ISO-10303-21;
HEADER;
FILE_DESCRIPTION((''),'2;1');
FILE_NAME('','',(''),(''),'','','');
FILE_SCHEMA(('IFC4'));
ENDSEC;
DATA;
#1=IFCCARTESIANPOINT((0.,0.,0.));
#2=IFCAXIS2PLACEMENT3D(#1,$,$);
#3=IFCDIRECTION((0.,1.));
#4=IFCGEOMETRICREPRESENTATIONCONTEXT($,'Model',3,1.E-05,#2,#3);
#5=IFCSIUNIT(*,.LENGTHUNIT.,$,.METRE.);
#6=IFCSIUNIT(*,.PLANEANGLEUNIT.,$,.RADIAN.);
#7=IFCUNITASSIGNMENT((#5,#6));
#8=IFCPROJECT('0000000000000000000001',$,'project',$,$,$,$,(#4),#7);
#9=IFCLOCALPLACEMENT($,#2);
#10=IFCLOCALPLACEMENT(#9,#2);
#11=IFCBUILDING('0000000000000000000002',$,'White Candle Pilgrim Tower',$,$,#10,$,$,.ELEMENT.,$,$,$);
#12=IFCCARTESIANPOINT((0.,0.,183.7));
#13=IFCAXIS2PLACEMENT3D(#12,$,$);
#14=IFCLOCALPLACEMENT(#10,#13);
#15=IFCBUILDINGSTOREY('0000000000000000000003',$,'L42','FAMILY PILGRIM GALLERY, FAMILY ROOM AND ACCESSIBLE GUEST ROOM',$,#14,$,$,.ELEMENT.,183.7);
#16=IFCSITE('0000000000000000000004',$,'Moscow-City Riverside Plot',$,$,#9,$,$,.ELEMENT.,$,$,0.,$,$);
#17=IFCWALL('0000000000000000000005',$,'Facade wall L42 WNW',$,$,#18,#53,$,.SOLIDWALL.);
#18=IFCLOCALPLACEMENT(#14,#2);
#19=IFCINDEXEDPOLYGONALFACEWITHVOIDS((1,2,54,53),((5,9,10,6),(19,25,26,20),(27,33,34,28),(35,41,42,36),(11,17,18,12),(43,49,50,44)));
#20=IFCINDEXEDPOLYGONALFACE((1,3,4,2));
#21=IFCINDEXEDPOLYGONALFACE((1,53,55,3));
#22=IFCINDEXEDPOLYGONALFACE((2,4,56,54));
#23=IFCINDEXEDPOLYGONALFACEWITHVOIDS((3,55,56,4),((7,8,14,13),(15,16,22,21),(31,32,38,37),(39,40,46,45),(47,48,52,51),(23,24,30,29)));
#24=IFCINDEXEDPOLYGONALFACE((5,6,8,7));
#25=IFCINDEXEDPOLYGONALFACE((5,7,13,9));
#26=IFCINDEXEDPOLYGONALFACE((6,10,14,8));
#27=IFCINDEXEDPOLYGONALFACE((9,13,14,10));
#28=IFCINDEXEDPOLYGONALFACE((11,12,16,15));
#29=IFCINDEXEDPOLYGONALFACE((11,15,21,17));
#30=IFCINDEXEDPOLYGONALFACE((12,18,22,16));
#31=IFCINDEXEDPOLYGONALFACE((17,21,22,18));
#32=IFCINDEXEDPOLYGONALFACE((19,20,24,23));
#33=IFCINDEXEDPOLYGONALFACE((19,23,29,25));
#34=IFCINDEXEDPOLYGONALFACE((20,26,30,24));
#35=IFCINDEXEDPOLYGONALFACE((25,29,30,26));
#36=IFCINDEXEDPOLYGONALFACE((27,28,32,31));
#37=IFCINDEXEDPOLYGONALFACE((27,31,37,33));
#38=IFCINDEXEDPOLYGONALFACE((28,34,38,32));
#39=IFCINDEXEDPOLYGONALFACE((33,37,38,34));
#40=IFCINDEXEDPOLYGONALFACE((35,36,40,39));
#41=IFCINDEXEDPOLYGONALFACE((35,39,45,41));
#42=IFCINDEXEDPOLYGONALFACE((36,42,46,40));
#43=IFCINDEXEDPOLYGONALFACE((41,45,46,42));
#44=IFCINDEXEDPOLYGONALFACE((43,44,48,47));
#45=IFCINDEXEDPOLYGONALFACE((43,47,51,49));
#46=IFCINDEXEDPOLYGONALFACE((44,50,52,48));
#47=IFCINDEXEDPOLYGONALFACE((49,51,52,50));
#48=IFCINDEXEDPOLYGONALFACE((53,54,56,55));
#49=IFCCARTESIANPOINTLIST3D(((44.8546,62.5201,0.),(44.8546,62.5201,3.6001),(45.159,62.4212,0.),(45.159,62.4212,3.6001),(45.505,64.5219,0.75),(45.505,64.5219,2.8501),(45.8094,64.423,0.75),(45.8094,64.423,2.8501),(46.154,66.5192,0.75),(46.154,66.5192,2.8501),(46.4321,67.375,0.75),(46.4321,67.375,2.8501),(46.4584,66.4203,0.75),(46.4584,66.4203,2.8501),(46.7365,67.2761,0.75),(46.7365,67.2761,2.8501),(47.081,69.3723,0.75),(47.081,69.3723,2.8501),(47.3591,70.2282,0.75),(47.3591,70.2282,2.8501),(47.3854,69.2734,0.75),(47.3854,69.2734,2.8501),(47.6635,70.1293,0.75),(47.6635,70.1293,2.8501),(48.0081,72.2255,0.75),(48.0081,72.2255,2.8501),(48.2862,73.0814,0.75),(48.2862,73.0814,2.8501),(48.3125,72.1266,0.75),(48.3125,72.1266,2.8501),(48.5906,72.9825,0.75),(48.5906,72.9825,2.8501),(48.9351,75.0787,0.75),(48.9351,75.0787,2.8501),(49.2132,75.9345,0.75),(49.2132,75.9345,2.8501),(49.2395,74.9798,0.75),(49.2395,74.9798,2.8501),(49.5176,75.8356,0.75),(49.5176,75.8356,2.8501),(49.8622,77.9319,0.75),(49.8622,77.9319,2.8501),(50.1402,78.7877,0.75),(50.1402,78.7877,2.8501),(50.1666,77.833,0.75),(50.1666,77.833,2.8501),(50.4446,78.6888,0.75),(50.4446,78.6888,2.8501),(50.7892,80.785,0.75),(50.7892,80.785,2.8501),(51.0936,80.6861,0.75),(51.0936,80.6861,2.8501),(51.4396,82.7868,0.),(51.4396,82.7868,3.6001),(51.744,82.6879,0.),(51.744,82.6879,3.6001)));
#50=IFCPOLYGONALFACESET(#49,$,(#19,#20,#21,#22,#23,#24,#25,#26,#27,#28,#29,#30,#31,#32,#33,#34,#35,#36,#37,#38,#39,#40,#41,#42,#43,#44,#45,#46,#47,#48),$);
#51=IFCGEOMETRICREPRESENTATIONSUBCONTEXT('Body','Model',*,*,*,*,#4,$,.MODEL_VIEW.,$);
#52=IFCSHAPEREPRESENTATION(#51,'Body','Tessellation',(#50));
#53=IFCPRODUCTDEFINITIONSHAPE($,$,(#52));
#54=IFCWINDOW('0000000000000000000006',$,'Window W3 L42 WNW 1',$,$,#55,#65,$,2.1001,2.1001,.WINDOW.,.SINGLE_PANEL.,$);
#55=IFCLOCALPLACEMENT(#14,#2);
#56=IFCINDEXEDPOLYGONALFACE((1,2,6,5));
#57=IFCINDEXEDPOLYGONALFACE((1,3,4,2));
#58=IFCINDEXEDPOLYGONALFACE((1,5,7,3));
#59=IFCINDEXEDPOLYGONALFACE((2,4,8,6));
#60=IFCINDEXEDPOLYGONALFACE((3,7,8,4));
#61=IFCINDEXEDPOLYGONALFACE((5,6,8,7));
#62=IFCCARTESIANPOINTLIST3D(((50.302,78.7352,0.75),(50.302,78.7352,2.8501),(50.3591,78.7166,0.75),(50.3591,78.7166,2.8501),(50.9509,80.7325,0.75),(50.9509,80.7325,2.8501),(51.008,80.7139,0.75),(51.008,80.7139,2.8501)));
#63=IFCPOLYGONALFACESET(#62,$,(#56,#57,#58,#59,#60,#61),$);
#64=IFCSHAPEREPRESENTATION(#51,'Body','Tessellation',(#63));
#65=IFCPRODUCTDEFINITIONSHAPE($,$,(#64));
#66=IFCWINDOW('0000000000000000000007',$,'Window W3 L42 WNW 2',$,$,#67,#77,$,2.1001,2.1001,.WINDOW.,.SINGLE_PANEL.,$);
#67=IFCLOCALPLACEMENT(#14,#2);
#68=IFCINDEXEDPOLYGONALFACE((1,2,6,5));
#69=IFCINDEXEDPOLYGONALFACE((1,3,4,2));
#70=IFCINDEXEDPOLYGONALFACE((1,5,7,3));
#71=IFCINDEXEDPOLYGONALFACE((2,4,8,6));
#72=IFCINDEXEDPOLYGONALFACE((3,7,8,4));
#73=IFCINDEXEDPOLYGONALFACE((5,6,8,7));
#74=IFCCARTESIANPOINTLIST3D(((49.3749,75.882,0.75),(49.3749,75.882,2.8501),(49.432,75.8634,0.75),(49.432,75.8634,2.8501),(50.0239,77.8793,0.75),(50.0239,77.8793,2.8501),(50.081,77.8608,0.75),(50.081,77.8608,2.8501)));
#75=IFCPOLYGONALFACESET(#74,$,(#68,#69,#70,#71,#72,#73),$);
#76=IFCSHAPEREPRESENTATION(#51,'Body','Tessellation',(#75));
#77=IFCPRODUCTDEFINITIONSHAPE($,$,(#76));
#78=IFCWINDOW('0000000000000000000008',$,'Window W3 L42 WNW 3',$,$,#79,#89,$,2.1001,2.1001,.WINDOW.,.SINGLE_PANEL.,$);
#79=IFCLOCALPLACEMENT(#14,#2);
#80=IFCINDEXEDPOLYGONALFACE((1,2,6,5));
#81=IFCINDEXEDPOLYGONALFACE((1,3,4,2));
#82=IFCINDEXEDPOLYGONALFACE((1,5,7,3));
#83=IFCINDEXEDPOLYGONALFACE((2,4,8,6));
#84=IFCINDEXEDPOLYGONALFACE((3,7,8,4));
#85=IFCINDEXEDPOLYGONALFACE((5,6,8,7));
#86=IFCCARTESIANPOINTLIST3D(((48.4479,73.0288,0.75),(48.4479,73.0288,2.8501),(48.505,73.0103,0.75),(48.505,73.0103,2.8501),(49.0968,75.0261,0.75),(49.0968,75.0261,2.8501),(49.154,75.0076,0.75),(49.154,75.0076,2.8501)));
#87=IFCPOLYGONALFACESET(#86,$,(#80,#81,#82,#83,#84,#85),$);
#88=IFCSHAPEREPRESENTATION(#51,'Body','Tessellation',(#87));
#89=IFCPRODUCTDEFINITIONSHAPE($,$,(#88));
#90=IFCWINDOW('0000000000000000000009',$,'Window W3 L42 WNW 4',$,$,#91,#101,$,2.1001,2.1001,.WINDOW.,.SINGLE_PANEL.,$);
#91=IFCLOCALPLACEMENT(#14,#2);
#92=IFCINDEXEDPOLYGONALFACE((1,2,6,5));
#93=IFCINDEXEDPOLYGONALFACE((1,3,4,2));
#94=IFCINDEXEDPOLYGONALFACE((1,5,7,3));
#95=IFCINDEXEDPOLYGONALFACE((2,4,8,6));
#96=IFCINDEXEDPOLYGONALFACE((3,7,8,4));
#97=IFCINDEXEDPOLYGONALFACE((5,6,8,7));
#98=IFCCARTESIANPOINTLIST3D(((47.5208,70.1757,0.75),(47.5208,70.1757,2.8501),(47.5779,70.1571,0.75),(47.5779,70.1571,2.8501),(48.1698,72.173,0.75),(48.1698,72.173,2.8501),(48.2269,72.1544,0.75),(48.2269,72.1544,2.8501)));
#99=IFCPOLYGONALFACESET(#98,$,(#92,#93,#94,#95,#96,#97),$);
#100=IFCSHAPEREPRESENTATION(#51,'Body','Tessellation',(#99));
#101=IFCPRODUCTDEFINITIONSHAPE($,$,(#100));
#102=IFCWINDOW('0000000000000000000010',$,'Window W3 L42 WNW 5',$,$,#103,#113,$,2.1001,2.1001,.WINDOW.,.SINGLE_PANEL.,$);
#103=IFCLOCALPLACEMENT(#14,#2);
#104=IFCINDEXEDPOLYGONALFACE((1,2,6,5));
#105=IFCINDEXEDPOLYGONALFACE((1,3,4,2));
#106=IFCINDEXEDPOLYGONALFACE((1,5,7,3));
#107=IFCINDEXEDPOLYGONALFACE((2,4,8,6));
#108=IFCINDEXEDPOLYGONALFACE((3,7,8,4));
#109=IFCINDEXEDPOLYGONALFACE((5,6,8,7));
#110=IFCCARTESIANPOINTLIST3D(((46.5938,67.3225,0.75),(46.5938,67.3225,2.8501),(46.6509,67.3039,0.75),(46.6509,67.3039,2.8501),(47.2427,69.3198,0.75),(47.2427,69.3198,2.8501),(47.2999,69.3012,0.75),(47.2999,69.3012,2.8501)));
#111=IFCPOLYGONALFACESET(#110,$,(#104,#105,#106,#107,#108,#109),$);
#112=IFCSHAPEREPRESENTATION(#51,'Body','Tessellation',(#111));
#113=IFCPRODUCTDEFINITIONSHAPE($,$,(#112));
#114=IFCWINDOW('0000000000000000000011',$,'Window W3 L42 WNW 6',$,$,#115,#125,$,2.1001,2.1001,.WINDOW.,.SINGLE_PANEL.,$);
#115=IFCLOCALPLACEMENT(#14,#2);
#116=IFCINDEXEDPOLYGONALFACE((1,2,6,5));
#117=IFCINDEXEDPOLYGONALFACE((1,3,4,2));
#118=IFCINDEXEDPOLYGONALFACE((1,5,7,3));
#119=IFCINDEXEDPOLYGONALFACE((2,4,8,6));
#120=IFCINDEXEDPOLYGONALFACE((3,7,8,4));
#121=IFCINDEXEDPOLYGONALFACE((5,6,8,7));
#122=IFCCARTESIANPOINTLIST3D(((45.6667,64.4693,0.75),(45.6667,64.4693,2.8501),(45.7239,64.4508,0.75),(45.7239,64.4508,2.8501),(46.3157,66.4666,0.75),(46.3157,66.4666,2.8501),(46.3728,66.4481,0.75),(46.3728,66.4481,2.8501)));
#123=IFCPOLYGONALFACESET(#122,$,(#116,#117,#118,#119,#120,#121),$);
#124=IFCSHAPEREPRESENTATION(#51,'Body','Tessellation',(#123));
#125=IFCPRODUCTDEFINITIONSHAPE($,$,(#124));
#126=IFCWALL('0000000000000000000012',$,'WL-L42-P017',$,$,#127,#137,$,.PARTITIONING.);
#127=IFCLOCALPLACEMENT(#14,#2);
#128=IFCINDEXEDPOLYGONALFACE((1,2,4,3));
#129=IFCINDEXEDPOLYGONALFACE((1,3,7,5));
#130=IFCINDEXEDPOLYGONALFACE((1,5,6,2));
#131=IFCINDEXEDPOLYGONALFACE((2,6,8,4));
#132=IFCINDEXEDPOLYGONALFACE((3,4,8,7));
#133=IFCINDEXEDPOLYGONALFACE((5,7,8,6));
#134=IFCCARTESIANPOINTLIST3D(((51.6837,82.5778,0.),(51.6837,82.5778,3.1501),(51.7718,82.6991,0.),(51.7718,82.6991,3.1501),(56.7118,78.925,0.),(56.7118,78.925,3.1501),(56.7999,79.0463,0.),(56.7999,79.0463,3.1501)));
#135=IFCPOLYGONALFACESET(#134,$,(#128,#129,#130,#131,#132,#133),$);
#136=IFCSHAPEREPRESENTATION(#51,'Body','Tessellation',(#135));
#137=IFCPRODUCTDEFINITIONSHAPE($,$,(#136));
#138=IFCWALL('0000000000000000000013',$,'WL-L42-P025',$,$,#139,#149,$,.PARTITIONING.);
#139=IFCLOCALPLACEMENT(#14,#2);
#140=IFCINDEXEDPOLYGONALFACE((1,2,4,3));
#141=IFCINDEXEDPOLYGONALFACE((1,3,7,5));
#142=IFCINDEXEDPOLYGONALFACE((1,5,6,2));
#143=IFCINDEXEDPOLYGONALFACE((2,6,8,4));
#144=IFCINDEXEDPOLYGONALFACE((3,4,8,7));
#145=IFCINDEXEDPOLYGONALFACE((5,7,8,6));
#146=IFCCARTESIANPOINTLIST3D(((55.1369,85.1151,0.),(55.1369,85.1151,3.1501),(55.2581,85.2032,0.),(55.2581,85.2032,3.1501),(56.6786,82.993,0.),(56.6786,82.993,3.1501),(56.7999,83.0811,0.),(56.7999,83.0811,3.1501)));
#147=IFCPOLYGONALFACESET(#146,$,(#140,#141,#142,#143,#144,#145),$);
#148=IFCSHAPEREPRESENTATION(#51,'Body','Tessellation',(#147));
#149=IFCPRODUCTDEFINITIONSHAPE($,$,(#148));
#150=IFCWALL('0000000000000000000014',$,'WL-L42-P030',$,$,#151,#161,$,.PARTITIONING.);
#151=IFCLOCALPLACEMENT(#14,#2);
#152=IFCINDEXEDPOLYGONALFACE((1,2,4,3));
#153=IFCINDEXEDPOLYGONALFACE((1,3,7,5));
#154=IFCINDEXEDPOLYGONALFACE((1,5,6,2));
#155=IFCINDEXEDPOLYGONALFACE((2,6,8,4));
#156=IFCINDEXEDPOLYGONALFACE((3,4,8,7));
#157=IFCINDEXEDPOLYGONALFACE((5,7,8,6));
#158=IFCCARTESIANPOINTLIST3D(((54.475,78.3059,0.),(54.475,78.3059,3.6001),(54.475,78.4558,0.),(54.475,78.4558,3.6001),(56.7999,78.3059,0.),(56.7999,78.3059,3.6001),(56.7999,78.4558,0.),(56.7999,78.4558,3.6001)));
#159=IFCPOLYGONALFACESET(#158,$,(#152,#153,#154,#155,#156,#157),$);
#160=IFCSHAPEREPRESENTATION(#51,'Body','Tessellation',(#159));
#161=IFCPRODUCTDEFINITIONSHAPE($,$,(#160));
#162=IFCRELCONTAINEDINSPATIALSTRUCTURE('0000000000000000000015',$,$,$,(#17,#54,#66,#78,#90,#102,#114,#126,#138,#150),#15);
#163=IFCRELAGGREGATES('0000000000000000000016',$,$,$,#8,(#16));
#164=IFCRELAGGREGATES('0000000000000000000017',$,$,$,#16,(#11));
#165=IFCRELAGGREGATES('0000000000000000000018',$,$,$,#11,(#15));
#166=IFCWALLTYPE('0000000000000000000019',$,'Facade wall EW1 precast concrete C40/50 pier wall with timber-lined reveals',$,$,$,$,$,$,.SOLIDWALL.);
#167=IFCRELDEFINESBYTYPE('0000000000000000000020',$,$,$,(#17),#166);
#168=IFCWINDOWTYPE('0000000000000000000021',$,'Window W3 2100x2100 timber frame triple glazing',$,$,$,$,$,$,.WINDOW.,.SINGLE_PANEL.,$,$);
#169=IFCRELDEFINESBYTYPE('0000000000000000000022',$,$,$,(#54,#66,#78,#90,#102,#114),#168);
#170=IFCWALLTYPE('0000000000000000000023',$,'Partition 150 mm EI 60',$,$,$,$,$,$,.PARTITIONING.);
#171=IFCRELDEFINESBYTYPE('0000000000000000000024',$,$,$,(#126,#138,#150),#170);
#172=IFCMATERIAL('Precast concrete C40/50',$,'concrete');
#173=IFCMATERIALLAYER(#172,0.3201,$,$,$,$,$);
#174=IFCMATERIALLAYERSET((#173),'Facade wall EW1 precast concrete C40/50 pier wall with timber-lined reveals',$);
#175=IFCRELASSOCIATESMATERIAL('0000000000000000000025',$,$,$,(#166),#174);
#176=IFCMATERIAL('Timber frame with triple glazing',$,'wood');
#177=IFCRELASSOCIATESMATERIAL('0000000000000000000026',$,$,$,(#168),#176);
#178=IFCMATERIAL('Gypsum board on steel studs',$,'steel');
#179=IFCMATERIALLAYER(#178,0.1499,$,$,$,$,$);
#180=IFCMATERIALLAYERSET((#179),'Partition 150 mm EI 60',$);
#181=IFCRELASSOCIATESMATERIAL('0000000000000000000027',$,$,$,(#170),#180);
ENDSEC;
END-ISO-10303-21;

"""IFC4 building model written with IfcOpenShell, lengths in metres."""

from ifc_helpers import new_model, si_unit, direction, frame, frame_2d, origin, place, context, subcontext, project, spatial, rectangle, extrude, material, layer, layer_set, type_object, element, fill, save


model = new_model("IFC4")

# Units and contexts
model_context = context("Model", 3, precision=1e-05, world=origin(), true_north=direction((0.0, 1.0)))
body_context = subcontext(model_context, "Body", "Model", "MODEL_VIEW")
ifc_project = project(units=[si_unit("LENGTHUNIT", "METRE"), si_unit("PLANEANGLEUNIT", "RADIAN")], contexts=[model_context])

# Site, building, storey
site_placement = place(None, origin())
site = spatial("IfcSite", under=ifc_project, at=site_placement, Name="Moscow-City Riverside Plot", CompositionType="ELEMENT", RefElevation=0.0)
building_placement = place(site_placement, origin())
building = spatial("IfcBuilding", under=site, at=building_placement, Name="White Candle Pilgrim Tower", CompositionType="ELEMENT")
storey_placement = place(building_placement, frame((0.0, 0.0, 183.7)))
storey = spatial("IfcBuildingStorey", under=building, at=storey_placement, Name="L42", Description="FAMILY PILGRIM GALLERY, FAMILY ROOM AND ACCESSIBLE GUEST ROOM", CompositionType="ELEMENT", Elevation=183.7)

# Wall, openings, windows
ifc_material_1 = material(Name="Precast concrete C40/50", Category="concrete")
ifc_layer_1 = layer(ifc_material_1, 0.3201)
ifc_layer_set_1 = layer_set([ifc_layer_1], Name="Facade wall EW1 precast concrete C40/50 pier wall with timber-lined reveals")
wall_type_1 = type_object("IfcWallType", Name="Facade wall EW1 precast concrete C40/50 pier wall with timber-lined reveals", PredefinedType="SOLIDWALL", material=ifc_layer_set_1)
ifc_material_2 = material(Name="Timber frame with triple glazing", Category="wood")
wall_1_placement = place(storey_placement, frame((51.5918, 82.7373, 0.0), z_axis=(0.0, 0.0, 1.0), x_axis=(-0.309015, -0.951057, 0.0)))
wall_1 = element("IfcWall", 1, at=wall_1_placement, inside=storey, type_object=wall_type_1, Name="Facade wall L42 WNW", PredefinedType="SOLIDWALL", context=body_context, shape_type="SweptSolid", body=[
    extrude(rectangle(XDim=21.3096, YDim=0.3201, at=frame_2d((10.6548, 0.0))), origin(), (0.0, 0.0, 1.0), 3.6001),
])
opening_1_placement = place(wall_1_placement, frame((2.1047, 0.0, 0.75)))
opening_1 = element("IfcOpeningElement", 2, at=opening_1_placement, cuts=wall_1, PredefinedType="OPENING", context=body_context, shape_type="SweptSolid", body=[
    extrude(rectangle(XDim=2.1001, YDim=2.1001, at=frame_2d((1.05, 1.05))), frame((0.0, 0.1699, 0.0), z_axis=(0.0, -1.0, 0.0), x_axis=(1.0, 0.0, 0.0)), (0.0, 0.0, 1.0), 0.3401),
])
opening_2_placement = place(wall_1_placement, frame((5.1047, 0.0, 0.75)))
opening_2 = element("IfcOpeningElement", 3, at=opening_2_placement, cuts=wall_1, PredefinedType="OPENING", context=body_context, shape_type="SweptSolid", body=[
    extrude(rectangle(XDim=2.1001, YDim=2.1001, at=frame_2d((1.05, 1.05))), frame((0.0, 0.1699, 0.0), z_axis=(0.0, -1.0, 0.0), x_axis=(1.0, 0.0, 0.0)), (0.0, 0.0, 1.0), 0.3401),
])
opening_3_placement = place(wall_1_placement, frame((8.1047, 0.0, 0.75)))
opening_3 = element("IfcOpeningElement", 4, at=opening_3_placement, cuts=wall_1, PredefinedType="OPENING", context=body_context, shape_type="SweptSolid", body=[
    extrude(rectangle(XDim=2.1001, YDim=2.1001, at=frame_2d((1.05, 1.05))), frame((0.0, 0.1699, 0.0), z_axis=(0.0, -1.0, 0.0), x_axis=(1.0, 0.0, 0.0)), (0.0, 0.0, 1.0), 0.3401),
])
opening_4_placement = place(wall_1_placement, frame((11.1047, 0.0, 0.75)))
opening_4 = element("IfcOpeningElement", 5, at=opening_4_placement, cuts=wall_1, PredefinedType="OPENING", context=body_context, shape_type="SweptSolid", body=[
    extrude(rectangle(XDim=2.1001, YDim=2.1001, at=frame_2d((1.05, 1.05))), frame((0.0, 0.1699, 0.0), z_axis=(0.0, -1.0, 0.0), x_axis=(1.0, 0.0, 0.0)), (0.0, 0.0, 1.0), 0.3401),
])
opening_5_placement = place(wall_1_placement, frame((14.1047, 0.0, 0.75)))
opening_5 = element("IfcOpeningElement", 6, at=opening_5_placement, cuts=wall_1, PredefinedType="OPENING", context=body_context, shape_type="SweptSolid", body=[
    extrude(rectangle(XDim=2.1001, YDim=2.1001, at=frame_2d((1.05, 1.05))), frame((0.0, 0.1699, 0.0), z_axis=(0.0, -1.0, 0.0), x_axis=(1.0, 0.0, 0.0)), (0.0, 0.0, 1.0), 0.3401),
])
opening_6_placement = place(wall_1_placement, frame((17.1047, 0.0, 0.75)))
opening_6 = element("IfcOpeningElement", 7, at=opening_6_placement, cuts=wall_1, PredefinedType="OPENING", context=body_context, shape_type="SweptSolid", body=[
    extrude(rectangle(XDim=2.1001, YDim=2.1001, at=frame_2d((1.05, 1.05))), frame((0.0, 0.1699, 0.0), z_axis=(0.0, -1.0, 0.0), x_axis=(1.0, 0.0, 0.0)), (0.0, 0.0, 1.0), 0.3401),
])
window_type_1 = type_object("IfcWindowType", Name="Window W3 2100x2100 timber frame triple glazing", PartitioningType="SINGLE_PANEL", PredefinedType="WINDOW", material=ifc_material_2)
window_1_placement = place(opening_1_placement, origin())
window_1 = element("IfcWindow", 8, at=window_1_placement, inside=storey, type_object=window_type_1, Name="Window W3 L42 WNW 1", OverallHeight=2.1001, OverallWidth=2.1001, PartitioningType="SINGLE_PANEL", PredefinedType="WINDOW", context=body_context, shape_type="SweptSolid", body=[
    extrude(rectangle(XDim=2.1001, YDim=2.1001, at=frame_2d((1.05, 1.05))), frame((0.0, 0.0701, 0.0), z_axis=(0.0, -1.0, 0.0), x_axis=(1.0, 0.0, 0.0)), (0.0, 0.0, 1.0), 0.0601),
])
fill(opening_1, window_1)
window_2_placement = place(opening_2_placement, origin())
window_2 = element("IfcWindow", 9, at=window_2_placement, inside=storey, type_object=window_type_1, Name="Window W3 L42 WNW 2", OverallHeight=2.1001, OverallWidth=2.1001, PartitioningType="SINGLE_PANEL", PredefinedType="WINDOW", context=body_context, shape_type="SweptSolid", body=[
    extrude(rectangle(XDim=2.1001, YDim=2.1001, at=frame_2d((1.05, 1.05))), frame((0.0, 0.0701, 0.0), z_axis=(0.0, -1.0, 0.0), x_axis=(1.0, 0.0, 0.0)), (0.0, 0.0, 1.0), 0.0601),
])
fill(opening_2, window_2)
window_3_placement = place(opening_3_placement, origin())
window_3 = element("IfcWindow", 10, at=window_3_placement, inside=storey, type_object=window_type_1, Name="Window W3 L42 WNW 3", OverallHeight=2.1001, OverallWidth=2.1001, PartitioningType="SINGLE_PANEL", PredefinedType="WINDOW", context=body_context, shape_type="SweptSolid", body=[
    extrude(rectangle(XDim=2.1001, YDim=2.1001, at=frame_2d((1.05, 1.05))), frame((0.0, 0.0701, 0.0), z_axis=(0.0, -1.0, 0.0), x_axis=(1.0, 0.0, 0.0)), (0.0, 0.0, 1.0), 0.0601),
])
fill(opening_3, window_3)
window_4_placement = place(opening_4_placement, origin())
window_4 = element("IfcWindow", 11, at=window_4_placement, inside=storey, type_object=window_type_1, Name="Window W3 L42 WNW 4", OverallHeight=2.1001, OverallWidth=2.1001, PartitioningType="SINGLE_PANEL", PredefinedType="WINDOW", context=body_context, shape_type="SweptSolid", body=[
    extrude(rectangle(XDim=2.1001, YDim=2.1001, at=frame_2d((1.05, 1.05))), frame((0.0, 0.0701, 0.0), z_axis=(0.0, -1.0, 0.0), x_axis=(1.0, 0.0, 0.0)), (0.0, 0.0, 1.0), 0.0601),
])
fill(opening_4, window_4)
window_5_placement = place(opening_5_placement, origin())
window_5 = element("IfcWindow", 12, at=window_5_placement, inside=storey, type_object=window_type_1, Name="Window W3 L42 WNW 5", OverallHeight=2.1001, OverallWidth=2.1001, PartitioningType="SINGLE_PANEL", PredefinedType="WINDOW", context=body_context, shape_type="SweptSolid", body=[
    extrude(rectangle(XDim=2.1001, YDim=2.1001, at=frame_2d((1.05, 1.05))), frame((0.0, 0.0701, 0.0), z_axis=(0.0, -1.0, 0.0), x_axis=(1.0, 0.0, 0.0)), (0.0, 0.0, 1.0), 0.0601),
])
fill(opening_5, window_5)
window_6_placement = place(opening_6_placement, origin())
window_6 = element("IfcWindow", 13, at=window_6_placement, inside=storey, type_object=window_type_1, Name="Window W3 L42 WNW 6", OverallHeight=2.1001, OverallWidth=2.1001, PartitioningType="SINGLE_PANEL", PredefinedType="WINDOW", context=body_context, shape_type="SweptSolid", body=[
    extrude(rectangle(XDim=2.1001, YDim=2.1001, at=frame_2d((1.05, 1.05))), frame((0.0, 0.0701, 0.0), z_axis=(0.0, -1.0, 0.0), x_axis=(1.0, 0.0, 0.0)), (0.0, 0.0, 1.0), 0.0601),
])
fill(opening_6, window_6)

# Walls
ifc_material_3 = material(Name="Gypsum board on steel studs", Category="steel")
ifc_layer_2 = layer(ifc_material_3, 0.1499)
ifc_layer_set_2 = layer_set([ifc_layer_2], Name="Partition 150 mm EI 60")
wall_type_2 = type_object("IfcWallType", Name="Partition 150 mm EI 60", PredefinedType="PARTITIONING", material=ifc_layer_set_2)
wall_2_placement = place(storey_placement, frame((51.7278, 82.6384, 0.0), z_axis=(0.0, 0.0, 1.0), x_axis=(0.809038, -0.587756, 0.0)))
element("IfcWall", 14, at=wall_2_placement, inside=storey, type_object=wall_type_2, Name="WL-L42-P017", PredefinedType="PARTITIONING", context=body_context, shape_type="SweptSolid", body=[
    extrude(rectangle(XDim=6.2148, YDim=0.1499, at=frame_2d((3.1074, 0.0))), origin(), (0.0, 0.0, 1.0), 3.1501),
])
wall_3_placement = place(storey_placement, frame((55.1975, 85.1592, 0.0), z_axis=(0.0, 0.0, 1.0), x_axis=(0.587779, -0.809022, 0.0)))
element("IfcWall", 15, at=wall_3_placement, inside=storey, type_object=wall_type_2, Name="WL-L42-P025", PredefinedType="PARTITIONING", context=body_context, shape_type="SweptSolid", body=[
    extrude(rectangle(XDim=2.623, YDim=0.1499, at=frame_2d((1.3115, 0.0))), origin(), (0.0, 0.0, 1.0), 3.1501),
])
wall_4_placement = place(storey_placement, frame((56.8, 78.3809, 0.0), z_axis=(0.0, 0.0, 1.0), x_axis=(-1.0, 0.0, 0.0)))
element("IfcWall", 16, at=wall_4_placement, inside=storey, type_object=wall_type_2, Name="WL-L42-P030", PredefinedType="PARTITIONING", context=body_context, shape_type="SweptSolid", body=[
    extrude(rectangle(XDim=2.325, YDim=0.1499, at=frame_2d((1.1626, 0.0))), origin(), (0.0, 0.0, 1.0), 3.6001),
])

save(model, "model.ifc")
